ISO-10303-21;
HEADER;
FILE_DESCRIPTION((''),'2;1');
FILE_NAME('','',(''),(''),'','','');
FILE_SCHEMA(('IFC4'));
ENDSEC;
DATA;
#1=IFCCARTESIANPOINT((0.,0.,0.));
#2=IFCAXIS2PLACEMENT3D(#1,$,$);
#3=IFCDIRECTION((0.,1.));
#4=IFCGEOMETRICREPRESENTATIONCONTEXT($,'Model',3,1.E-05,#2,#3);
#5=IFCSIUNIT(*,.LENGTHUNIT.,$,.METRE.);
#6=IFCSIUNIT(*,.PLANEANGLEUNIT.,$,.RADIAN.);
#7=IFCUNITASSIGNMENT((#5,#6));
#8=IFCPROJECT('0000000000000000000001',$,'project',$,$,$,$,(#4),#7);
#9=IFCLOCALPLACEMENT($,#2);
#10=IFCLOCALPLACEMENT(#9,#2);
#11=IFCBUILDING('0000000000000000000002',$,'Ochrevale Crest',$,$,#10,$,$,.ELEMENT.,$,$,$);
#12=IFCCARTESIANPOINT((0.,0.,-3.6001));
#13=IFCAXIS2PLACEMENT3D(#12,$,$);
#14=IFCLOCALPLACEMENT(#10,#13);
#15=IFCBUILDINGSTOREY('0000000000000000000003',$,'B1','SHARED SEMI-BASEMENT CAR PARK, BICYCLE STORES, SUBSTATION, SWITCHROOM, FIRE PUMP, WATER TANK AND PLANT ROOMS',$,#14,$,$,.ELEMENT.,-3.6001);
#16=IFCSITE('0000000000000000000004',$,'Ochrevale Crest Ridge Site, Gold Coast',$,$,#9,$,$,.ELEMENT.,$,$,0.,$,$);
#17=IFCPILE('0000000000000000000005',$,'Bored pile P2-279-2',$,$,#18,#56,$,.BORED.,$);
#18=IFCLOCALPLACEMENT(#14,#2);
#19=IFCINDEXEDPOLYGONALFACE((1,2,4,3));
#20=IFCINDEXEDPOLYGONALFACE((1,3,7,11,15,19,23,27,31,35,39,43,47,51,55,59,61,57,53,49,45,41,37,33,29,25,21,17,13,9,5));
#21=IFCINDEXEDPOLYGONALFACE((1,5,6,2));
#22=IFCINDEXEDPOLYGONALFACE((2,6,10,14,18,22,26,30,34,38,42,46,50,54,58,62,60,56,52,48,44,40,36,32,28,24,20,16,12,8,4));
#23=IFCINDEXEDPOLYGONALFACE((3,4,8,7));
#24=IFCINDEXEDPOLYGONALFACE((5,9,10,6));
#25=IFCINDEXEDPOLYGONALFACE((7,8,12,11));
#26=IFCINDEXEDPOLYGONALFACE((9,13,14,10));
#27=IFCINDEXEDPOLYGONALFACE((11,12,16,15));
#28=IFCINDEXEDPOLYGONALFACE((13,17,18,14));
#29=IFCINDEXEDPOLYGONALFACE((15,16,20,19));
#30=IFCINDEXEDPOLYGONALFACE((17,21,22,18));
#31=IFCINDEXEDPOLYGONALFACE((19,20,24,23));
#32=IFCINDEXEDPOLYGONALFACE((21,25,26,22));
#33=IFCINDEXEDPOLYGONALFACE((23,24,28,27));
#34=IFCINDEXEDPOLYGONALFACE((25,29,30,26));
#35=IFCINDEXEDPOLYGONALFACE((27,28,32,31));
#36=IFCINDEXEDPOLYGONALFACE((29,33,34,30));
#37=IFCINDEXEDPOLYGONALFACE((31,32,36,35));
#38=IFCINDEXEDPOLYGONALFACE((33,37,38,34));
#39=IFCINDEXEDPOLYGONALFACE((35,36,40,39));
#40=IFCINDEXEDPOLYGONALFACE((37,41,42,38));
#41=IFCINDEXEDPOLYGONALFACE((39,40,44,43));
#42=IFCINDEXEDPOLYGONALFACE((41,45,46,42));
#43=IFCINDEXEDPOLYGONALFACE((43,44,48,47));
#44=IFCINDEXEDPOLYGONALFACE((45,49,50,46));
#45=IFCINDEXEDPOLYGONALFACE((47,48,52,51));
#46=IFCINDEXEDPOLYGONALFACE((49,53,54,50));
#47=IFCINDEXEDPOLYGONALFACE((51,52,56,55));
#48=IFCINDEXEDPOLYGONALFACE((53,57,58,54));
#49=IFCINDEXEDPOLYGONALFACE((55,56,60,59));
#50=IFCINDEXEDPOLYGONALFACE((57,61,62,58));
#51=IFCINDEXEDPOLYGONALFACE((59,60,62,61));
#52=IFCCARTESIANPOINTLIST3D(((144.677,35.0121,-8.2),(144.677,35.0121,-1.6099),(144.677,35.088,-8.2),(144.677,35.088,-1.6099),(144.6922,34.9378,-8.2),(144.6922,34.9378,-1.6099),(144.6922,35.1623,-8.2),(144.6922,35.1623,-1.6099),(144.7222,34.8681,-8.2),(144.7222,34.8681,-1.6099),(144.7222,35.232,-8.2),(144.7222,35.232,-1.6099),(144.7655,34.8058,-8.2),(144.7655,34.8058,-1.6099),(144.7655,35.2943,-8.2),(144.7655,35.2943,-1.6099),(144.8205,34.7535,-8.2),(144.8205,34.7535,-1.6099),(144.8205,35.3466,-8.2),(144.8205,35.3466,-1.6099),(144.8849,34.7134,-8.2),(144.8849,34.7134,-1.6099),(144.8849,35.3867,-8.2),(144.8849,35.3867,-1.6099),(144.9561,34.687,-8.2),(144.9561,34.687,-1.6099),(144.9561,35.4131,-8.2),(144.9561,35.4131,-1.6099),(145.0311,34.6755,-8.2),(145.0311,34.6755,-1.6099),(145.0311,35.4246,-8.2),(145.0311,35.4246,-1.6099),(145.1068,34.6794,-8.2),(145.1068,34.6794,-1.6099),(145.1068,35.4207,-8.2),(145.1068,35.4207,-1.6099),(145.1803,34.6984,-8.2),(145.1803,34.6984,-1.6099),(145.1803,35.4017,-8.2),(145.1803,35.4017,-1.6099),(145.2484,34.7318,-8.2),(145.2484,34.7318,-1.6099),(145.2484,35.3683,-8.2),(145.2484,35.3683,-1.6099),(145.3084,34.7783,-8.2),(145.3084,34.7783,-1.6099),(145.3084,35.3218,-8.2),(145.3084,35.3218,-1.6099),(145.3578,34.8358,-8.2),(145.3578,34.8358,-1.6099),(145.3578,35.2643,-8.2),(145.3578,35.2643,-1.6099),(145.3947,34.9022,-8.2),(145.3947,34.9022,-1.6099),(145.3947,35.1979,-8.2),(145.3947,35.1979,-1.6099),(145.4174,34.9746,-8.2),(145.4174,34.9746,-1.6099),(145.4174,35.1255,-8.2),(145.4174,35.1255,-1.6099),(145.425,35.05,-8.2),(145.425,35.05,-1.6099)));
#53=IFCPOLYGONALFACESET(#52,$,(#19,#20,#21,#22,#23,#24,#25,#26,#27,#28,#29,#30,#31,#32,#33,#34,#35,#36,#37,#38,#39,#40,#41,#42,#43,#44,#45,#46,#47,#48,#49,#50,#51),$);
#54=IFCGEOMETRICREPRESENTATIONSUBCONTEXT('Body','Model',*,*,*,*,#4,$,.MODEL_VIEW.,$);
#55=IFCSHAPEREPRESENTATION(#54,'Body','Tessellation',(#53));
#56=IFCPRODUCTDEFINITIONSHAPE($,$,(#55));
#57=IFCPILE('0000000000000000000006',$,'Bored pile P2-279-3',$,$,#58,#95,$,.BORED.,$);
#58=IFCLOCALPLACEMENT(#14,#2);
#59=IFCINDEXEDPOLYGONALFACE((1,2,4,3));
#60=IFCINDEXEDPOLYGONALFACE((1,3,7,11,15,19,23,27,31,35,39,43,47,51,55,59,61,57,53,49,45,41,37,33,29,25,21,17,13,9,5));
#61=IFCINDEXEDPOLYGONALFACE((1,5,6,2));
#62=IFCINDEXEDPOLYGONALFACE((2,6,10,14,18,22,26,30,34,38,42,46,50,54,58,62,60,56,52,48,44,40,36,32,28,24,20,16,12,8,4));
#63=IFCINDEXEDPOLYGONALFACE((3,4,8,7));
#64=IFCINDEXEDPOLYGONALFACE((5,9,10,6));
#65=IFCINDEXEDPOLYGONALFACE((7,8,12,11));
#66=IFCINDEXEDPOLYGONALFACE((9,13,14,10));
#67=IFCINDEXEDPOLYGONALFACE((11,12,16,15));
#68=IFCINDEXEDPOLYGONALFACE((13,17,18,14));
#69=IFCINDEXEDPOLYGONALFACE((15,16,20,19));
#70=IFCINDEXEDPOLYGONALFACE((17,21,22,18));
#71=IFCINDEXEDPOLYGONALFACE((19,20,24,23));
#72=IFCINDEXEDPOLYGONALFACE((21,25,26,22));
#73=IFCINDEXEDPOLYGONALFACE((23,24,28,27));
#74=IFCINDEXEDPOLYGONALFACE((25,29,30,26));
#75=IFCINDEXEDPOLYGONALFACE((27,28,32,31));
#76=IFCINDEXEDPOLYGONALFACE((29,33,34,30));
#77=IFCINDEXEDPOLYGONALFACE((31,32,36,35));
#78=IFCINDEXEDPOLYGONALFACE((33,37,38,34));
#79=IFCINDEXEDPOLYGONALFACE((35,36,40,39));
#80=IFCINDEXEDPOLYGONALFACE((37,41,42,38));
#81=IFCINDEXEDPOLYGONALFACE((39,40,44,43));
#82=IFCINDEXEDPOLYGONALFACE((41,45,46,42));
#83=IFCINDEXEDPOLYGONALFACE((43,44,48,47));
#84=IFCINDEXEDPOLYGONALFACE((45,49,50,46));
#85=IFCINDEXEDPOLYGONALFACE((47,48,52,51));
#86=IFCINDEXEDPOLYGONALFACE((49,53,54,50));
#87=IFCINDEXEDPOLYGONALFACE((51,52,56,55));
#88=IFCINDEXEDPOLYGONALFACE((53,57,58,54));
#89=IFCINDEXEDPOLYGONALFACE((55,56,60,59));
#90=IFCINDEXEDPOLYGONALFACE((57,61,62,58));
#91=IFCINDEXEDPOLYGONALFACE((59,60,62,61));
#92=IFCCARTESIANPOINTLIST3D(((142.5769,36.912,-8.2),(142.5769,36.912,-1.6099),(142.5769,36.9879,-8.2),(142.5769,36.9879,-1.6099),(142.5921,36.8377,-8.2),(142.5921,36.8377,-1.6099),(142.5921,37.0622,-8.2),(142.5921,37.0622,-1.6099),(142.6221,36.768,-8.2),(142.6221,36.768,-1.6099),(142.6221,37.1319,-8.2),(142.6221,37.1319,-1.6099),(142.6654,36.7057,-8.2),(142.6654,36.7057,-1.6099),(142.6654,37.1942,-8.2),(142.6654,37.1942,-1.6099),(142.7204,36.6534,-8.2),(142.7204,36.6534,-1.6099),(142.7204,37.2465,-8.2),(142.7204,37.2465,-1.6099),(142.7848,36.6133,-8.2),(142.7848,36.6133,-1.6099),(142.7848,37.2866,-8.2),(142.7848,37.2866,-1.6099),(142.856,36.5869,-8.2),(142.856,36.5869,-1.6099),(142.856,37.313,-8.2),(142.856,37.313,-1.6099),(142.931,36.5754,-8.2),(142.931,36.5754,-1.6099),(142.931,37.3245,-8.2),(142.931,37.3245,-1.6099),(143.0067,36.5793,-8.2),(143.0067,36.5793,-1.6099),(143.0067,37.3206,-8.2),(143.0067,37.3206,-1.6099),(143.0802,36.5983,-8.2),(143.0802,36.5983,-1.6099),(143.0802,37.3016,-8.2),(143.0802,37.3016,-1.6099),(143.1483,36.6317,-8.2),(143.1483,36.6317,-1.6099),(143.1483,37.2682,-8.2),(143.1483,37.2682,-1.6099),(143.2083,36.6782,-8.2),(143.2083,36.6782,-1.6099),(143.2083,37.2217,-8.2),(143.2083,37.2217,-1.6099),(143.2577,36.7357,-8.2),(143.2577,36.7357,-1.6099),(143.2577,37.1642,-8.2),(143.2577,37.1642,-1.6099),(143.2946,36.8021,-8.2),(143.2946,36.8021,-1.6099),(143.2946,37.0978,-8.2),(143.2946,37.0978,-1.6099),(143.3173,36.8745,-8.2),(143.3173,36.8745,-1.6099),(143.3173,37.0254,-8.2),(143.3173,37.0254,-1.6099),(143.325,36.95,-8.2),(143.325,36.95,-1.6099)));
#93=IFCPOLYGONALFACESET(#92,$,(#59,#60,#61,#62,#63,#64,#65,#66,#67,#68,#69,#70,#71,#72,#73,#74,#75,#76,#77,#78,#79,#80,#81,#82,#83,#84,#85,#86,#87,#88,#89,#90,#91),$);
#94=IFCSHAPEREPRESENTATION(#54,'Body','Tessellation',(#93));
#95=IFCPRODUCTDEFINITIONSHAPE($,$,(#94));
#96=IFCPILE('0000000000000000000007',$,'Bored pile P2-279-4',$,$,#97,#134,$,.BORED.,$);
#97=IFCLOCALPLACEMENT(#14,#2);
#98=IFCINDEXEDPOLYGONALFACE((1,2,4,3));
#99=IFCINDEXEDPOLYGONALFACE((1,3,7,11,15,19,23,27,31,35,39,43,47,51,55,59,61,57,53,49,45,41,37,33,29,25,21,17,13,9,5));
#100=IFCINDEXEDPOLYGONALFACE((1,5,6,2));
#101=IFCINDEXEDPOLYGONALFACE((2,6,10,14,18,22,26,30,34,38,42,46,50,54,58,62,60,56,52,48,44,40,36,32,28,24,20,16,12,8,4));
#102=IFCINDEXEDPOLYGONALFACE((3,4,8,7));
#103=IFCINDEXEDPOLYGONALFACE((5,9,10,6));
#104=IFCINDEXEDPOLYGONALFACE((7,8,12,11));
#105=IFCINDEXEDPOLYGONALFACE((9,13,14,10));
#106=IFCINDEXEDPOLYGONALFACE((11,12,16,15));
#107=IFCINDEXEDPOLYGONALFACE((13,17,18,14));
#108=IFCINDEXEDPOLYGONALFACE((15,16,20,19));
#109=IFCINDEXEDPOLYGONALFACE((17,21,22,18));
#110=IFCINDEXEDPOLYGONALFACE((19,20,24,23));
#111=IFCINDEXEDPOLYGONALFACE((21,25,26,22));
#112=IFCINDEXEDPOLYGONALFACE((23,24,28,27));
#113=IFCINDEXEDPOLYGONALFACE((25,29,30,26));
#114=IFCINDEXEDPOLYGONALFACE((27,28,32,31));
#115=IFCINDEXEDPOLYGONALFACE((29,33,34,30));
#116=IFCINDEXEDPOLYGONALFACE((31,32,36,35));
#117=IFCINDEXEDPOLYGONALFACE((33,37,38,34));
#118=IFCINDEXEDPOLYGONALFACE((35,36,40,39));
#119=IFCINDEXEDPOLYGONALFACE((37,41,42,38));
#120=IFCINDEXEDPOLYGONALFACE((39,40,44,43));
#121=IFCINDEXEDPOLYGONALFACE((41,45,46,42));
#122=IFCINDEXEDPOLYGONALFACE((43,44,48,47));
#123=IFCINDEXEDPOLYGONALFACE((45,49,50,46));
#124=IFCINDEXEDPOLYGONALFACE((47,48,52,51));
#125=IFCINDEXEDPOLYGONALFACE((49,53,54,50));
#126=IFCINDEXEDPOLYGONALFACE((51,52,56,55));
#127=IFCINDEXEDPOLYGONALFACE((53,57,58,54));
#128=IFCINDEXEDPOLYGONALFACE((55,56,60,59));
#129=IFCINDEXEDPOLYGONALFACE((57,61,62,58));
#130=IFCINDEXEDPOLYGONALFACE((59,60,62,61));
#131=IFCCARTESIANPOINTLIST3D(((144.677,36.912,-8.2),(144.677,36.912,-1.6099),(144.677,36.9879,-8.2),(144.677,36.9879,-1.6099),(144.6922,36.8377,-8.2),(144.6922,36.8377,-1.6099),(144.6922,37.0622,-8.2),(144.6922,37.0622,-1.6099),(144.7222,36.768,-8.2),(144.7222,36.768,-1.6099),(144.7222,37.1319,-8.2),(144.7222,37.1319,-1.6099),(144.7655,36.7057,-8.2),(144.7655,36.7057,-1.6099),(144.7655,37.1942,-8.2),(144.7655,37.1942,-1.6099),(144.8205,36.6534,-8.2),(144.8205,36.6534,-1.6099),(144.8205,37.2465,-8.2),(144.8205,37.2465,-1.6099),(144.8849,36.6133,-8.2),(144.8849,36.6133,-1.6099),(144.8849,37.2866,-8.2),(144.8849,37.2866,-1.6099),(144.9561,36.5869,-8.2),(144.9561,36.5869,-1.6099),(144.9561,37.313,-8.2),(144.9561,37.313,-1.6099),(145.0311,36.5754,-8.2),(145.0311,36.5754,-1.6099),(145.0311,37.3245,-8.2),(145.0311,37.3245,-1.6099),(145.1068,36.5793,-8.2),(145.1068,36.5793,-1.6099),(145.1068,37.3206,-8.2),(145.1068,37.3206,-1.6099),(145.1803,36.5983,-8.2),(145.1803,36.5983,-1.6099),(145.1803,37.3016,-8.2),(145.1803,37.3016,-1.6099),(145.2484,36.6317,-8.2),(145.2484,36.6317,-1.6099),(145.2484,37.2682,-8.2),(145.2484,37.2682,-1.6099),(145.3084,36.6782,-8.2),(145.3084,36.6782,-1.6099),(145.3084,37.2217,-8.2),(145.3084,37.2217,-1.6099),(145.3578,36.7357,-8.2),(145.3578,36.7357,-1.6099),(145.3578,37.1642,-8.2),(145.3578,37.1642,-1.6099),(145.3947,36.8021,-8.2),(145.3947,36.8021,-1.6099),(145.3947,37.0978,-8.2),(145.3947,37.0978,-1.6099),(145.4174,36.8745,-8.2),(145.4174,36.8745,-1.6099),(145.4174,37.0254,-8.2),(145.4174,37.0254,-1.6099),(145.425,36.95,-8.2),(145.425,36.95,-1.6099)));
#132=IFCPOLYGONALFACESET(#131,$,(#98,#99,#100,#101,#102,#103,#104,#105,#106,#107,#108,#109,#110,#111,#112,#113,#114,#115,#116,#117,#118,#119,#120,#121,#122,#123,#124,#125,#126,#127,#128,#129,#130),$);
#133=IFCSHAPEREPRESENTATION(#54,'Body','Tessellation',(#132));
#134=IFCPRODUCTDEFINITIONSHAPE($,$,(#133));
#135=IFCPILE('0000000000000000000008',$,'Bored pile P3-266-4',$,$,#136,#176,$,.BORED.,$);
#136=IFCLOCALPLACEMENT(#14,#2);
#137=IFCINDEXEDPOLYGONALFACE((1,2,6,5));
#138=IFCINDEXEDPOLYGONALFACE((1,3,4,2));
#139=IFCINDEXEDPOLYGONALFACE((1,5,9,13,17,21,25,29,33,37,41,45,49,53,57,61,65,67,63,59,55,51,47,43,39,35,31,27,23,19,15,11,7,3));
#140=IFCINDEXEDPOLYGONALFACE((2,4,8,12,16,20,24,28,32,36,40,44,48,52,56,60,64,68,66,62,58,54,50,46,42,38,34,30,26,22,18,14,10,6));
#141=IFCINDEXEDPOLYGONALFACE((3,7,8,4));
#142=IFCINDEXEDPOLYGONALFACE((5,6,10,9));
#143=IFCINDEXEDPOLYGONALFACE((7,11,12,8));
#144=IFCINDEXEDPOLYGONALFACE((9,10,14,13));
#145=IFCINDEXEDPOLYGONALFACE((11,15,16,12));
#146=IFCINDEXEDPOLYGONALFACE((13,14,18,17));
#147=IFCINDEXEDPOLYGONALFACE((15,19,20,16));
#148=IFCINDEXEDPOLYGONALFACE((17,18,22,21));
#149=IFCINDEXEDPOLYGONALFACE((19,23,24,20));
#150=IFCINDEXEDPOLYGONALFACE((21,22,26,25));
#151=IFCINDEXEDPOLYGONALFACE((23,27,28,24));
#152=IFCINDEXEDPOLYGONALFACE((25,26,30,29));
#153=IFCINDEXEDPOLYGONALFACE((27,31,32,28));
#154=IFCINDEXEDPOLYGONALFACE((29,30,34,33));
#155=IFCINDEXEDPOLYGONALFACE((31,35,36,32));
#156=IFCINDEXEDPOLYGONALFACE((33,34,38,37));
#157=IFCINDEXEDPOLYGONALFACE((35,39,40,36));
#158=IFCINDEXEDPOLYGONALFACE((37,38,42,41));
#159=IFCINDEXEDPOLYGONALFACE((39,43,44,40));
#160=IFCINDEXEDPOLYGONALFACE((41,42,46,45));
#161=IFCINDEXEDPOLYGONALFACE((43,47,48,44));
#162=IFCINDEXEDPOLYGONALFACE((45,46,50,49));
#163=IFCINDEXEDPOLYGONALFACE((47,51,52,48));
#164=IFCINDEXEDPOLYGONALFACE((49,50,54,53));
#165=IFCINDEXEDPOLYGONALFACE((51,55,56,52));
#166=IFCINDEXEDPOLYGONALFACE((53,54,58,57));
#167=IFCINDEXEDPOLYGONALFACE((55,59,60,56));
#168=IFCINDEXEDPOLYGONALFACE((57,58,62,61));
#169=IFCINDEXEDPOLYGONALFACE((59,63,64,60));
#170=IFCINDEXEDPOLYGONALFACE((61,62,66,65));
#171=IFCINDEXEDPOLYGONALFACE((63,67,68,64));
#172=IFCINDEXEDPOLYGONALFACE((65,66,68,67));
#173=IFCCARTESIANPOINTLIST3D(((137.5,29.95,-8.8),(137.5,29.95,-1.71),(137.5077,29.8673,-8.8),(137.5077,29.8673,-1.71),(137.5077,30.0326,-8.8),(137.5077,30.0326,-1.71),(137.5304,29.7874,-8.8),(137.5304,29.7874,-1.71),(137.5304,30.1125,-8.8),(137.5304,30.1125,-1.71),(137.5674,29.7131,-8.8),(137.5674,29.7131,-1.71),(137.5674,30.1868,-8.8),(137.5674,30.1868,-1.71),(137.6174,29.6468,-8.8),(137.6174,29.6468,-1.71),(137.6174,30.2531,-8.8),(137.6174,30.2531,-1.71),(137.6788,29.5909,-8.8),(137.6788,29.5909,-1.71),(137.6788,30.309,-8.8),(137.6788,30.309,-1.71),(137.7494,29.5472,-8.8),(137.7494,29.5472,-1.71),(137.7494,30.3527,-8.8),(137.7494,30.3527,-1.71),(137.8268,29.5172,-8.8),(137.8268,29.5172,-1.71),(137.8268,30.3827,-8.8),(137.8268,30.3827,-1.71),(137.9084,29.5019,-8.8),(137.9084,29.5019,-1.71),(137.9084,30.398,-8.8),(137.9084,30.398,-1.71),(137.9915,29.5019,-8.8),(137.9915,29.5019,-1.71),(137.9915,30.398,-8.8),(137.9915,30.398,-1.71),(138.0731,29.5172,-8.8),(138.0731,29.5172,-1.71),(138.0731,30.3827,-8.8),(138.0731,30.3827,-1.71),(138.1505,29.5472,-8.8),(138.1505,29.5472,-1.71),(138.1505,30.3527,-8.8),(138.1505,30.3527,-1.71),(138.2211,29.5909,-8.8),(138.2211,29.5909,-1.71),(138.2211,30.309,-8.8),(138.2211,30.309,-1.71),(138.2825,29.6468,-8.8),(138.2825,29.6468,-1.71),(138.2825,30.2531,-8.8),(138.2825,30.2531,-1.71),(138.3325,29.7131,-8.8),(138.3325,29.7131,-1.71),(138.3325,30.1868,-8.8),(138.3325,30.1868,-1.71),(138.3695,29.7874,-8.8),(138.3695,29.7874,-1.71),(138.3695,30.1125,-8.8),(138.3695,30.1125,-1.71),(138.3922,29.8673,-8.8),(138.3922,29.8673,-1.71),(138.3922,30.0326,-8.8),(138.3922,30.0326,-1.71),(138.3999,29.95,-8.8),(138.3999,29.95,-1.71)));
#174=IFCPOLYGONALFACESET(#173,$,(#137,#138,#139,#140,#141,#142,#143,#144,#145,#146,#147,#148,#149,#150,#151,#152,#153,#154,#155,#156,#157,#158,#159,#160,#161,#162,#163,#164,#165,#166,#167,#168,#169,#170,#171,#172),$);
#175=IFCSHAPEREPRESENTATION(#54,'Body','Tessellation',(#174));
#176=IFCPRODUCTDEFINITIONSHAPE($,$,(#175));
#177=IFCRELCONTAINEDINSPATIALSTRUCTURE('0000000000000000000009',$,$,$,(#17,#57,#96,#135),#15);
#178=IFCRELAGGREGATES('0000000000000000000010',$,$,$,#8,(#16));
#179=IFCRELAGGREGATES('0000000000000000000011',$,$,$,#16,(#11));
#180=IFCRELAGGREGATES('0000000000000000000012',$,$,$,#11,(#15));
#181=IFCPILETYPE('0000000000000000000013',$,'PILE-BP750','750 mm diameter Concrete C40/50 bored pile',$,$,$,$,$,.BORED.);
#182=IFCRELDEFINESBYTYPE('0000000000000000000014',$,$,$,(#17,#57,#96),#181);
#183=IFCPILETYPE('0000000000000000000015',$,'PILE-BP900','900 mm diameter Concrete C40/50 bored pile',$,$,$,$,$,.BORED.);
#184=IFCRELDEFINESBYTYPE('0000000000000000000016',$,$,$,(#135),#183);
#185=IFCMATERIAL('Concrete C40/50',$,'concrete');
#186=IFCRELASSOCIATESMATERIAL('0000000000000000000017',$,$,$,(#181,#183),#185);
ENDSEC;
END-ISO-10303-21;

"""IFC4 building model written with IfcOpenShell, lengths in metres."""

from ifc_helpers import new_model, si_unit, direction, frame, origin, origin_2d, place, context, subcontext, project, spatial, circle, extrude, material, material_profile, profile_set, type_object, element, save


model = new_model("IFC4")

# Units and contexts
model_context = context("Model", 3, precision=1e-05, world=origin(), true_north=direction((0.0, 1.0)))
body_context = subcontext(model_context, "Body", "Model", "MODEL_VIEW")
ifc_project = project(units=[si_unit("LENGTHUNIT", "METRE"), si_unit("PLANEANGLEUNIT", "RADIAN")], contexts=[model_context])

# Site, building, storey
site_placement = place(None, origin())
site = spatial("IfcSite", under=ifc_project, at=site_placement, Name="Ochrevale Crest Ridge Site, Gold Coast", CompositionType="ELEMENT", RefElevation=0.0)
building_placement = place(site_placement, origin())
building = spatial("IfcBuilding", under=site, at=building_placement, Name="Ochrevale Crest", CompositionType="ELEMENT")
storey_placement = place(building_placement, frame((0.0, 0.0, -3.6001)))
storey = spatial("IfcBuildingStorey", under=building, at=storey_placement, Name="B1", Description="SHARED SEMI-BASEMENT CAR PARK, BICYCLE STORES, SUBSTATION, SWITCHROOM, FIRE PUMP, WATER TANK AND PLANT ROOMS", CompositionType="ELEMENT", Elevation=-3.6001)

# Shared definitions
ifc_material_1 = material(Name="Concrete C40/50", Category="concrete")

# Piles
ifc_material_profile_1 = material_profile(ifc_material_1, circle(Radius=0.375, at=origin_2d()), Name="BORED PILE 750")
ifc_profile_set_1 = profile_set([ifc_material_profile_1], Name="Concrete C40/50")
pile_type_1 = type_object("IfcPileType", Name="PILE-BP750", Description="750 mm diameter Concrete C40/50 bored pile", PredefinedType="BORED", material=ifc_profile_set_1)
for number, where, z_axis, x_axis, name in (
    (1, (145.05, 35.05, -1.6099), (0.0, 0.0, -1.0), (1.0, 0.0, 0.0), "Bored pile P2-279-2"),
    (2, (142.95, 36.95, -1.6099), (0.0, 0.0, -1.0), (1.0, 0.0, 0.0), "Bored pile P2-279-3"),
    (3, (145.05, 36.95, -1.6099), (0.0, 0.0, -1.0), (1.0, 0.0, 0.0), "Bored pile P2-279-4"),
):
    element("IfcPile", number, at=place(storey_placement, frame(where, z_axis=z_axis, x_axis=x_axis)), inside=storey, type_object=pile_type_1, Name=name, PredefinedType="BORED", context=body_context, shape_type="SweptSolid", body=[
        extrude(circle(Radius=0.375, at=origin_2d()), origin(), (0.0, 0.0, 1.0), 6.5901),
    ])
ifc_material_profile_2 = material_profile(ifc_material_1, circle(Radius=0.45, at=origin_2d()), Name="BORED PILE 900")
ifc_profile_set_2 = profile_set([ifc_material_profile_2], Name="Concrete C40/50")
pile_type_2 = type_object("IfcPileType", Name="PILE-BP900", Description="900 mm diameter Concrete C40/50 bored pile", PredefinedType="BORED", material=ifc_profile_set_2)
for number, where, z_axis, x_axis, name in (
    (4, (137.95, 29.95, -1.71), (0.0, 0.0, -1.0), (1.0, 0.0, 0.0), "Bored pile P3-266-4"),
):
    element("IfcPile", number, at=place(storey_placement, frame(where, z_axis=z_axis, x_axis=x_axis)), inside=storey, type_object=pile_type_2, Name=name, PredefinedType="BORED", context=body_context, shape_type="SweptSolid", body=[
        extrude(circle(Radius=0.45, at=origin_2d()), origin(), (0.0, 0.0, 1.0), 7.0901),
    ])

save(model, "model.ifc")
